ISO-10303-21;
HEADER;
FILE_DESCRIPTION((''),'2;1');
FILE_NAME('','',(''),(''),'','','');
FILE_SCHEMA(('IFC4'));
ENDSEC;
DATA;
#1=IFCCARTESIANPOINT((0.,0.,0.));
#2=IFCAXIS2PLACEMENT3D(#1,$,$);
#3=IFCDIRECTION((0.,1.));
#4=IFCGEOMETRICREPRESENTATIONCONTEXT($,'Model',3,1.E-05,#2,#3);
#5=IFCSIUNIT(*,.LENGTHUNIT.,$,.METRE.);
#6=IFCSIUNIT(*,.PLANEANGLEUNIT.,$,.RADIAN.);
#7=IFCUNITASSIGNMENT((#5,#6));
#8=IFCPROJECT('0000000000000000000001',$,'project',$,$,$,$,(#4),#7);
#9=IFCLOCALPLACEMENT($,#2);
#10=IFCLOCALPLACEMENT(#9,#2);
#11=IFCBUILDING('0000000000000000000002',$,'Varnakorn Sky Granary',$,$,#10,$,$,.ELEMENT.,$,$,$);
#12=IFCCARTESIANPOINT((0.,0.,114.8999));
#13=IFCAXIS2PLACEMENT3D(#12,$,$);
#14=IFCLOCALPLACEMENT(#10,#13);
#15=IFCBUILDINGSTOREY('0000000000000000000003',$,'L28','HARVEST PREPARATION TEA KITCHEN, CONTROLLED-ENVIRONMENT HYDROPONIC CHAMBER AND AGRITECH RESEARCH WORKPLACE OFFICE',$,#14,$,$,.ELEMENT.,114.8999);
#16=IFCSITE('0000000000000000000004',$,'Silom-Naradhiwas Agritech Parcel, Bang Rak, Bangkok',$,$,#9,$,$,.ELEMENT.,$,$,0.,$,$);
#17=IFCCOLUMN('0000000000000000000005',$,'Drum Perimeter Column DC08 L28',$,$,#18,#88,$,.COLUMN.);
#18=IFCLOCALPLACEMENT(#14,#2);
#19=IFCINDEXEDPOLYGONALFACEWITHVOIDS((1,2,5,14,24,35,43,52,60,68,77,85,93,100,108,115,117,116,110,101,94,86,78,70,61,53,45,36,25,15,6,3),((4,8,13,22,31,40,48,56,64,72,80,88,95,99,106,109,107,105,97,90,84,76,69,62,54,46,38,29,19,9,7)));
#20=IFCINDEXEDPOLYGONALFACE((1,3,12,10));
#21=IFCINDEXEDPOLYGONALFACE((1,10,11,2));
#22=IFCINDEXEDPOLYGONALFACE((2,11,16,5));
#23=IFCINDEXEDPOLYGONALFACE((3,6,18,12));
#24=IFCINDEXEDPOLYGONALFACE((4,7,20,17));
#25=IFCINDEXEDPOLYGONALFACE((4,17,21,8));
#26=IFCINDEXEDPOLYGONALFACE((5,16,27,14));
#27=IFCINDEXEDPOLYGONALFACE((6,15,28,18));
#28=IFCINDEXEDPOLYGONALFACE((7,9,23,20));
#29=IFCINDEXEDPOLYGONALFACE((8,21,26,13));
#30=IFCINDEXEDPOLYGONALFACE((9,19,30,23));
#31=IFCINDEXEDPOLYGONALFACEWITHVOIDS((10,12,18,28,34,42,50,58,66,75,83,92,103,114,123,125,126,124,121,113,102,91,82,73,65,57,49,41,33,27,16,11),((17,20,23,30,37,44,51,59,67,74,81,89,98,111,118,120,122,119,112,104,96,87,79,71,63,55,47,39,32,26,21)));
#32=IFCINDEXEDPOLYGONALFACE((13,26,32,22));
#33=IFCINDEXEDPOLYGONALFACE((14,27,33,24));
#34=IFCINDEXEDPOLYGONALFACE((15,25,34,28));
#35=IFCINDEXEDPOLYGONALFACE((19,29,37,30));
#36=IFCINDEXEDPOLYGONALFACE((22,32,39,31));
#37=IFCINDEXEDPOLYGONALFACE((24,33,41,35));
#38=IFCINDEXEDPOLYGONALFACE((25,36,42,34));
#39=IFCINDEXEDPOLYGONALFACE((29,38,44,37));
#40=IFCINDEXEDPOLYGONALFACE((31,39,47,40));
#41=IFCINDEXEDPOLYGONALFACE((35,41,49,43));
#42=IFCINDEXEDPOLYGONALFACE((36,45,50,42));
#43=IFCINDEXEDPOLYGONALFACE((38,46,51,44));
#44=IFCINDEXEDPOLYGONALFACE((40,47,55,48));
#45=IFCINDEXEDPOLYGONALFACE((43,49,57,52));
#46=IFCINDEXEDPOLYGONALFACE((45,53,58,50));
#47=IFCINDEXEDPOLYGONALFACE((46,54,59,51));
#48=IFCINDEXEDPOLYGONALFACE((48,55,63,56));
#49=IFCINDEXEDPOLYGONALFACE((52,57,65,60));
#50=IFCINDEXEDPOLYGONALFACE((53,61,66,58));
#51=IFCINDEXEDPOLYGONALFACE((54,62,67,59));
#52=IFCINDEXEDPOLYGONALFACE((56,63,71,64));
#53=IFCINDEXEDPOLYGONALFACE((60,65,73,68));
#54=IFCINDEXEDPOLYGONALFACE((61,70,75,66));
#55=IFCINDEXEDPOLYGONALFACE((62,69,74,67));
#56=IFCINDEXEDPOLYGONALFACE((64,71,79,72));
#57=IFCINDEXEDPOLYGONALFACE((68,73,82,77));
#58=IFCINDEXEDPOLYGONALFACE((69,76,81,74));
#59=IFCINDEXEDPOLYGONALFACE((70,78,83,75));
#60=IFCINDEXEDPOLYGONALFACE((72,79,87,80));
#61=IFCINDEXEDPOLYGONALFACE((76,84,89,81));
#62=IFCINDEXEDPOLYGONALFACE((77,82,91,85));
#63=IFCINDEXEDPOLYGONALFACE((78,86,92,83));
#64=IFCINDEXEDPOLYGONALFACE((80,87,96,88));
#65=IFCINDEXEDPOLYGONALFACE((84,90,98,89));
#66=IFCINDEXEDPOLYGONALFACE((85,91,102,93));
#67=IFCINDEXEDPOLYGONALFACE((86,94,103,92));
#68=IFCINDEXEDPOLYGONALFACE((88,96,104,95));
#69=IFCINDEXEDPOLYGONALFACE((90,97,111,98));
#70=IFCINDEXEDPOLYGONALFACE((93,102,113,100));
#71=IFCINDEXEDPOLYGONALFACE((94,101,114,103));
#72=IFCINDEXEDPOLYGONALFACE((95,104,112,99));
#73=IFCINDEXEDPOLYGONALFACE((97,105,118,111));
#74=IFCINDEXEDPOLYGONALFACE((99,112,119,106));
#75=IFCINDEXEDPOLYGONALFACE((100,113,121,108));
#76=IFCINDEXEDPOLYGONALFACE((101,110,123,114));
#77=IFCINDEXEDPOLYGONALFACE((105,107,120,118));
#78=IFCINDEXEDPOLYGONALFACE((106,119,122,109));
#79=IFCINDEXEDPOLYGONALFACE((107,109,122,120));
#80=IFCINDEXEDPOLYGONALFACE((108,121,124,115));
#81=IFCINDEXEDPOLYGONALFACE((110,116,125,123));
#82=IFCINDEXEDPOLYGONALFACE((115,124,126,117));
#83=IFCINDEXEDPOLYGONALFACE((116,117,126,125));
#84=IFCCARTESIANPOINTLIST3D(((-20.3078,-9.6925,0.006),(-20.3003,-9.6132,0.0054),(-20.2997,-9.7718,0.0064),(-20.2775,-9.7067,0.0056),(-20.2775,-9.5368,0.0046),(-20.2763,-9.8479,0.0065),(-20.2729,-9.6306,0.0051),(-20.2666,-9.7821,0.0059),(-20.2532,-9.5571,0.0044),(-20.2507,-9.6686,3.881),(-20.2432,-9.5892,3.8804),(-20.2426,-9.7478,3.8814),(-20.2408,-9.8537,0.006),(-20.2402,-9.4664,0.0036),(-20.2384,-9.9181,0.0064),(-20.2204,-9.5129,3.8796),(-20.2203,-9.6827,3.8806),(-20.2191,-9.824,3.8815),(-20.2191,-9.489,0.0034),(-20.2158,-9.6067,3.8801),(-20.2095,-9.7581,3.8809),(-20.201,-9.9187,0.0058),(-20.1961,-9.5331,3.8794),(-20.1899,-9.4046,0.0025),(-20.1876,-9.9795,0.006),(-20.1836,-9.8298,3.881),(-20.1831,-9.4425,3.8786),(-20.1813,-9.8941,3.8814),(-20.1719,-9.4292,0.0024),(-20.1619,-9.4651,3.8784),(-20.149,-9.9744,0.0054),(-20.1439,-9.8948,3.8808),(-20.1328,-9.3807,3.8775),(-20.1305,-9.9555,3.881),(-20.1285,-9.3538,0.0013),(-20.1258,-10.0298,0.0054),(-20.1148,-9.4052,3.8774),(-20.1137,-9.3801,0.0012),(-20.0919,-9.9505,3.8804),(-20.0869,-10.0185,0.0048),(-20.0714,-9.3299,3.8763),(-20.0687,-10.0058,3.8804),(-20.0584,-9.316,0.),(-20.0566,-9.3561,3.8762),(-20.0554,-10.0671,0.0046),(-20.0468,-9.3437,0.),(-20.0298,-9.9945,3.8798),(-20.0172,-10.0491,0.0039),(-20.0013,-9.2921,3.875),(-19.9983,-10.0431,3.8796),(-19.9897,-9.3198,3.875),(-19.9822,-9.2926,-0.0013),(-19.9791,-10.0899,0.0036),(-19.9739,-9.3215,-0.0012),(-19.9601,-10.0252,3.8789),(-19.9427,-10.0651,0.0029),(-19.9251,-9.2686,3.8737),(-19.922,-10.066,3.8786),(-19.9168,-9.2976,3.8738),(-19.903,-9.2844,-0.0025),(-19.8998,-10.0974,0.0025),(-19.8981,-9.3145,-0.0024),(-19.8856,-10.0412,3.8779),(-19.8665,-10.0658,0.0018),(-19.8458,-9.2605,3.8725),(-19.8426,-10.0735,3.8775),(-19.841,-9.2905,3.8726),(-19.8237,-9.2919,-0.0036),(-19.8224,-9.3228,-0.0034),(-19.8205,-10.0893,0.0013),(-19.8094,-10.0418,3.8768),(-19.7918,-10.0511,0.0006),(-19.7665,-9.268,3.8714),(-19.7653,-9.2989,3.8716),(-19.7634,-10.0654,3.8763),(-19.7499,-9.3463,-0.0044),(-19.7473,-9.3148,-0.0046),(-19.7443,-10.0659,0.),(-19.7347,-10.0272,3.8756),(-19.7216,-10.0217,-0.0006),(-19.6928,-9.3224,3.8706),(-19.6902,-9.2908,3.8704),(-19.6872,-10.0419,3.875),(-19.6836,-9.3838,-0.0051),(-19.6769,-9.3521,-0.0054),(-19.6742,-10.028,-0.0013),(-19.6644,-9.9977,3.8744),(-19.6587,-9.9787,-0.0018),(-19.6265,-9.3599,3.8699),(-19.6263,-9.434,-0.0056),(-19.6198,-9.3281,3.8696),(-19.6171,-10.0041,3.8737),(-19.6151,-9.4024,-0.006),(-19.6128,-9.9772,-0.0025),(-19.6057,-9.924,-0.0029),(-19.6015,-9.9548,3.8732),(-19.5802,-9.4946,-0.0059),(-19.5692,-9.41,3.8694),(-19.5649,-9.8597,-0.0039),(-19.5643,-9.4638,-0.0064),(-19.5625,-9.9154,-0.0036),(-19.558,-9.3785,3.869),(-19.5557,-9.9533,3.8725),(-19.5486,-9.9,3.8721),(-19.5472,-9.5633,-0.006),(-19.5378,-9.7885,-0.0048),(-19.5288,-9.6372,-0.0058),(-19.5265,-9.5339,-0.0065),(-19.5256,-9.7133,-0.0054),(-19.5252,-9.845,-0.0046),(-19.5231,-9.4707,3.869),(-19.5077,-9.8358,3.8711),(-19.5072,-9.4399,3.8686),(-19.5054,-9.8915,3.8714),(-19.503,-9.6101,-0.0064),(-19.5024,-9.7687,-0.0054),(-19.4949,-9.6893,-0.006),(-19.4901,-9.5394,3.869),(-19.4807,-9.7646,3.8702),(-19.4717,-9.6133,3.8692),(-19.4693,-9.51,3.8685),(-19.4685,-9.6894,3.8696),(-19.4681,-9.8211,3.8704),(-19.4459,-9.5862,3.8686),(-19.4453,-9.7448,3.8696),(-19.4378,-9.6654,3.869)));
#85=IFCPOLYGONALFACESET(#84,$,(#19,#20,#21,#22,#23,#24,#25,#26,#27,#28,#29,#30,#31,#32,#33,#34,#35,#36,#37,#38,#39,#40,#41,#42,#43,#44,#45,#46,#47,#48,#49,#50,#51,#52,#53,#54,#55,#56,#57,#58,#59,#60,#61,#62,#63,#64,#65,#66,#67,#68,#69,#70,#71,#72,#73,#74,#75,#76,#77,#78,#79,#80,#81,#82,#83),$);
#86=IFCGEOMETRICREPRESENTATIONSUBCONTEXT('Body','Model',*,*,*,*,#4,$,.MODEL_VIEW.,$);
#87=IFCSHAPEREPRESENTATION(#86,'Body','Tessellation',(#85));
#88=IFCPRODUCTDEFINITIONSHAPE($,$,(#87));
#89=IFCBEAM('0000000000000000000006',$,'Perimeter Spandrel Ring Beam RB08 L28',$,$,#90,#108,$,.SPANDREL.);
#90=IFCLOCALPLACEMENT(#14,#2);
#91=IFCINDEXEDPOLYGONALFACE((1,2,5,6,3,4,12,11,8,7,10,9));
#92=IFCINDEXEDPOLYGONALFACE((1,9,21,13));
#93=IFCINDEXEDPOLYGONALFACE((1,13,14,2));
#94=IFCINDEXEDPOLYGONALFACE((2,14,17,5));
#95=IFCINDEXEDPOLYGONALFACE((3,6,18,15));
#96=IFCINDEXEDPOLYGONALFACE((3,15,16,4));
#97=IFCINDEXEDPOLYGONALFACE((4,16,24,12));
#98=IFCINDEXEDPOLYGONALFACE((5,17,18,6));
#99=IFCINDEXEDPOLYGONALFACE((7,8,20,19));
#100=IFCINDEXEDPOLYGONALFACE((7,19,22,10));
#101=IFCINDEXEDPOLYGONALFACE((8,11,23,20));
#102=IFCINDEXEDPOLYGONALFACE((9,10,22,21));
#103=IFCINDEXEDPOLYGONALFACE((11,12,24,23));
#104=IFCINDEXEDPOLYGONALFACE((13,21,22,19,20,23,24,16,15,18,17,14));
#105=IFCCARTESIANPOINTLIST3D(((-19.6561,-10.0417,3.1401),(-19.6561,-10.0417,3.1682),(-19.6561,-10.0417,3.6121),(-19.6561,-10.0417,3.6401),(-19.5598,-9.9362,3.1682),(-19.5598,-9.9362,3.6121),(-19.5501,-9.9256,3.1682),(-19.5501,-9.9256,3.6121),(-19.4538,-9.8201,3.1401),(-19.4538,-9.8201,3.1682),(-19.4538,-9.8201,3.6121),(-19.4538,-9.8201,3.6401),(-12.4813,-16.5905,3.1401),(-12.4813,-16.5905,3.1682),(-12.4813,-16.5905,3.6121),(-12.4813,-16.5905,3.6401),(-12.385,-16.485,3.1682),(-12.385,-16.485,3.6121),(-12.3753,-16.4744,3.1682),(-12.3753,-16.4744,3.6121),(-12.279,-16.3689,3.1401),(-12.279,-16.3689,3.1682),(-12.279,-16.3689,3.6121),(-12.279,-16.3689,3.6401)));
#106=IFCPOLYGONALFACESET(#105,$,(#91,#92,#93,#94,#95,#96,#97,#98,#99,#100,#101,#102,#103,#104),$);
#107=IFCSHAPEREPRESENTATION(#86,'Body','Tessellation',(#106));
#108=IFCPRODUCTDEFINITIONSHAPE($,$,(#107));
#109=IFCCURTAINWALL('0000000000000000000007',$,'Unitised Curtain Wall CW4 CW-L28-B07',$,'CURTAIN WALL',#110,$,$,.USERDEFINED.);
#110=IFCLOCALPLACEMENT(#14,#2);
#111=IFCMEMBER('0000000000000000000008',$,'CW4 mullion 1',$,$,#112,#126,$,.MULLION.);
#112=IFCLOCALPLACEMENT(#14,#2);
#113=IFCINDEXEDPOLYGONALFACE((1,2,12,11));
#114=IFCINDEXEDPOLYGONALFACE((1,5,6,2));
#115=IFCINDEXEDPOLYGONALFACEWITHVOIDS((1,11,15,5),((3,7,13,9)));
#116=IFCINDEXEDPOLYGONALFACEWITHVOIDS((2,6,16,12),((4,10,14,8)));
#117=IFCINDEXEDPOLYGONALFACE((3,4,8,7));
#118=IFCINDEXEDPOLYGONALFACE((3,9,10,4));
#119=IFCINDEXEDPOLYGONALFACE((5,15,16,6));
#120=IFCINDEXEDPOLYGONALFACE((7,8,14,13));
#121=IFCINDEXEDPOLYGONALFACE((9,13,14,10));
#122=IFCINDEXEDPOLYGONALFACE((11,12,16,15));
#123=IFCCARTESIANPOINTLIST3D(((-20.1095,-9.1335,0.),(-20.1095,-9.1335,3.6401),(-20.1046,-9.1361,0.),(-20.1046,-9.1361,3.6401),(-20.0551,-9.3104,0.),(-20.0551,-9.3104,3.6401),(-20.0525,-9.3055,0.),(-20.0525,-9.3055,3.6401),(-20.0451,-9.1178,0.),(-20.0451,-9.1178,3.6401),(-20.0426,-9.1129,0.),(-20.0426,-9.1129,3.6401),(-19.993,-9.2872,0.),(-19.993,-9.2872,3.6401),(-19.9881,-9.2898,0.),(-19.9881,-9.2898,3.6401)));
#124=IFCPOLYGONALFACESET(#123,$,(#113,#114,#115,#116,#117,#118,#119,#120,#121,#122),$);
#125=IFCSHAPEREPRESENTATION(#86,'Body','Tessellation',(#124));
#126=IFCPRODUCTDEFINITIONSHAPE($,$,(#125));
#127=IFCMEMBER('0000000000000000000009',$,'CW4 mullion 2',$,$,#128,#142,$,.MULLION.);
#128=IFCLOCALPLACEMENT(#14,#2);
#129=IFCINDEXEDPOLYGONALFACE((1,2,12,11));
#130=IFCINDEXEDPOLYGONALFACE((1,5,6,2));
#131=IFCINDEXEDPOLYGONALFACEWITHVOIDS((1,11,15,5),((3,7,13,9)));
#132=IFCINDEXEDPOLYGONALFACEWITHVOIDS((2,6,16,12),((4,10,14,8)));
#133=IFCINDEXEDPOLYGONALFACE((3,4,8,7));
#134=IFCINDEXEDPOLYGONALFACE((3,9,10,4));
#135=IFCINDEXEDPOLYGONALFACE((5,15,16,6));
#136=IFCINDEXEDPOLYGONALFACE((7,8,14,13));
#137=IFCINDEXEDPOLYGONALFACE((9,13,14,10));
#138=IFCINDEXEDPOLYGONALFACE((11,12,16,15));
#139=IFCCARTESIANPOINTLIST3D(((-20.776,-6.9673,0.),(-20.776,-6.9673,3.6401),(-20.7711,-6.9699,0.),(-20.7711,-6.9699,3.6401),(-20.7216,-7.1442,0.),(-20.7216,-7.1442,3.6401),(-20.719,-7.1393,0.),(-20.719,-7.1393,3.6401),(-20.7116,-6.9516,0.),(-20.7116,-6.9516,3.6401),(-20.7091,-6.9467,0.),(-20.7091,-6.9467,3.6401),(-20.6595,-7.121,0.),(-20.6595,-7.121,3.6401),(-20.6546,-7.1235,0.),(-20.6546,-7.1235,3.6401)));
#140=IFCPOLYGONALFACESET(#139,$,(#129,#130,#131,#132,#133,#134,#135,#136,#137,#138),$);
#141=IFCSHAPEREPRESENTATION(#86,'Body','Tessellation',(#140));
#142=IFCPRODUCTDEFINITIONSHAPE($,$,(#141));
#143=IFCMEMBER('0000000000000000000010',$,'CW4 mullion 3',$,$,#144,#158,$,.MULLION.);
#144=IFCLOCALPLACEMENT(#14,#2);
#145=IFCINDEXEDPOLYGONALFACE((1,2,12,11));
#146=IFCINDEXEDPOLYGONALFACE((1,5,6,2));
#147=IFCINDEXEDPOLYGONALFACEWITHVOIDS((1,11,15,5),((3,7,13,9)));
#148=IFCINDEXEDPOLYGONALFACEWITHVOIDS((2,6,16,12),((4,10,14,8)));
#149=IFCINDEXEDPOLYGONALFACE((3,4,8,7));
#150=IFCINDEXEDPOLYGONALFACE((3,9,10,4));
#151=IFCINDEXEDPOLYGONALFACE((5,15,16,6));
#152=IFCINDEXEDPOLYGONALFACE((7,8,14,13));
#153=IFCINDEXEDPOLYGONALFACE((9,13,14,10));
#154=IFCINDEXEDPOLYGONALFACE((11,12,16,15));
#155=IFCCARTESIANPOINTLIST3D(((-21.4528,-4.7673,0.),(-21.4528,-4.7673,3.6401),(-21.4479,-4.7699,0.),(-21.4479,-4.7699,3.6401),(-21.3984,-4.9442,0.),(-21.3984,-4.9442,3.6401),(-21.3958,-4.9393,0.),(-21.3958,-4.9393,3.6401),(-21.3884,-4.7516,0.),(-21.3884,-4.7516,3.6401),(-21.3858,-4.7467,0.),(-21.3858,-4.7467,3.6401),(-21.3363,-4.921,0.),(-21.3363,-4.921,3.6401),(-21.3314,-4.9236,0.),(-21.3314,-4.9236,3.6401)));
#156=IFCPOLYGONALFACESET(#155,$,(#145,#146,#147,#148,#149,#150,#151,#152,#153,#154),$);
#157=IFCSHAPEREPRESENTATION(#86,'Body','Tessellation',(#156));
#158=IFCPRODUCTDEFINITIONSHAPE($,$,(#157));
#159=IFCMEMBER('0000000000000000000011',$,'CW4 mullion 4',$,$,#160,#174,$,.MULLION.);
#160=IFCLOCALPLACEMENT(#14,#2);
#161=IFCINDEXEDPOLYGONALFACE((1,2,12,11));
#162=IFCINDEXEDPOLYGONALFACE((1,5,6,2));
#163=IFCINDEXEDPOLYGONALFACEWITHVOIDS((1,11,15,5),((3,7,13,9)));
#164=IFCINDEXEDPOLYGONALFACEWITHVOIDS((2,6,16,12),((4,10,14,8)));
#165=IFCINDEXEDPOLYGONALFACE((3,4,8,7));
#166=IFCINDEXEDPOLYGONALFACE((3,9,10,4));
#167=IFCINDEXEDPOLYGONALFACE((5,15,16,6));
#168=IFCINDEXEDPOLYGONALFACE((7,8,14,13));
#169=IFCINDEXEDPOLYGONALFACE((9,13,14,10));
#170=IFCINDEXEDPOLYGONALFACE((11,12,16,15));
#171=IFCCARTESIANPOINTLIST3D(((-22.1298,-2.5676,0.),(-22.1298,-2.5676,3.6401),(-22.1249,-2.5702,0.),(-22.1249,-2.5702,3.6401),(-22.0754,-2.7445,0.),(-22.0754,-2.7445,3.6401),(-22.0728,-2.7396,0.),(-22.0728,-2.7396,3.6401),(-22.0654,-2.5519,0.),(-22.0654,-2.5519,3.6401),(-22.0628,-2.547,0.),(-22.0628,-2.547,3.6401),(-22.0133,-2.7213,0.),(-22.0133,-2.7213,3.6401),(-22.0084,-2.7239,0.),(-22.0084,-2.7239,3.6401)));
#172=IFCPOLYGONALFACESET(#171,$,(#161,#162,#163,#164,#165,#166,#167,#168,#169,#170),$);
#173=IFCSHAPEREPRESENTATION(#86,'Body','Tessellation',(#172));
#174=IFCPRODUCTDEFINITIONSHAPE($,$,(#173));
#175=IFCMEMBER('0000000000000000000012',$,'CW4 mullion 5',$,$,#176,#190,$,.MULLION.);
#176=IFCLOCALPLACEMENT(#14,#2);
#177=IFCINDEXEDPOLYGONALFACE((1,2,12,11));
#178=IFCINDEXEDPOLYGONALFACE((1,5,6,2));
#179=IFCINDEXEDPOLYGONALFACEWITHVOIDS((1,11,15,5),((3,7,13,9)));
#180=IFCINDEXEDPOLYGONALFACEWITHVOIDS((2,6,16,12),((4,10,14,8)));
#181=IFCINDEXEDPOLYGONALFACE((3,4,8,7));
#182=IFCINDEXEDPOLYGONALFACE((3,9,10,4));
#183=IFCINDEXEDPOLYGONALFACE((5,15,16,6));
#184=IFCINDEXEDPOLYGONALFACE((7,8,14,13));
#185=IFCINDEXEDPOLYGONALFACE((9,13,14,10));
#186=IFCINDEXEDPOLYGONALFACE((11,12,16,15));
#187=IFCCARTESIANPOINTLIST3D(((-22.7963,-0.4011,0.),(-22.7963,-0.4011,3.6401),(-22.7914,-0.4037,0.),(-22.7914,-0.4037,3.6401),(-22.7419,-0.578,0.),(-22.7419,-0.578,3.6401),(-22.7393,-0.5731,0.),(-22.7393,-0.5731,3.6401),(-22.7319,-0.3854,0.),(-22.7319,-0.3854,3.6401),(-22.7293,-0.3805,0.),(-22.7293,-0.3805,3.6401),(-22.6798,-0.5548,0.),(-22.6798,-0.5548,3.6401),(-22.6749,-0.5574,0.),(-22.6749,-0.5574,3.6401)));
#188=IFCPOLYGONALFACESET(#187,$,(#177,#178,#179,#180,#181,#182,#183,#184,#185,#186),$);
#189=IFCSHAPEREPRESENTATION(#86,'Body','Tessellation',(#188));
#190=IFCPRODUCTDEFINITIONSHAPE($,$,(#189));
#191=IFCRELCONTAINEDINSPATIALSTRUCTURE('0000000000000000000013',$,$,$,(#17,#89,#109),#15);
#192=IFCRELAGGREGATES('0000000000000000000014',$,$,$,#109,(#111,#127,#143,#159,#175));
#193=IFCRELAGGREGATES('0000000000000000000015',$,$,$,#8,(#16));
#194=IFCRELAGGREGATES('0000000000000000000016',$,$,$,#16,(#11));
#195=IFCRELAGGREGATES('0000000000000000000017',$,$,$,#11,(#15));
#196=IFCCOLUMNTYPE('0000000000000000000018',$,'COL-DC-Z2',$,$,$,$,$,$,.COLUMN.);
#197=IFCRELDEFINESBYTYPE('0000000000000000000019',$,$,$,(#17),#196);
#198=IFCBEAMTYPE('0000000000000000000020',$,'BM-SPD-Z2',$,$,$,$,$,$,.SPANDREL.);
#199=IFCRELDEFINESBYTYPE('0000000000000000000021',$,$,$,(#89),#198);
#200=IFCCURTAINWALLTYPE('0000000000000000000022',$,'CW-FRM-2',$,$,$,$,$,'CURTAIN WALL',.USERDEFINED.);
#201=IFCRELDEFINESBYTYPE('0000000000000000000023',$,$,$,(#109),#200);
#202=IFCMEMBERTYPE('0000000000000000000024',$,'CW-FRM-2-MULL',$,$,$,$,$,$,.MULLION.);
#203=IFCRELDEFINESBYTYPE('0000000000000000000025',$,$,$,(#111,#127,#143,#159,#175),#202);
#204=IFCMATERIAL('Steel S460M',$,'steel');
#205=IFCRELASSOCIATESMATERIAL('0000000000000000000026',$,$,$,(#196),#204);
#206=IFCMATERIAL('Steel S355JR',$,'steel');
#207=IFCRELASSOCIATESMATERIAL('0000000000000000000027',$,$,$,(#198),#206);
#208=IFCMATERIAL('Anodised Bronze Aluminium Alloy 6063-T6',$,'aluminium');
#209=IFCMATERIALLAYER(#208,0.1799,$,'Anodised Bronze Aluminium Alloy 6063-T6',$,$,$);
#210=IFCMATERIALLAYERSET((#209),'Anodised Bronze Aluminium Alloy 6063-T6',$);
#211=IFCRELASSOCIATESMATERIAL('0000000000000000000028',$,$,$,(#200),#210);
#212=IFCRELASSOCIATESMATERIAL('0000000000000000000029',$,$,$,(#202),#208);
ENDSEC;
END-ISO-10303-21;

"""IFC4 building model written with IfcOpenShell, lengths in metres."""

from ifc_helpers import new_model, si_unit, direction, frame, origin, origin_2d, place, context, subcontext, project, spatial, hollow_rectangle, hollow_circle, i_section, extrude, material, layer, layer_set, material_profile, profile_set, type_object, element, aggregate, save


model = new_model("IFC4")

# Units and contexts
model_context = context("Model", 3, precision=1e-05, world=origin(), true_north=direction((0.0, 1.0)))
body_context = subcontext(model_context, "Body", "Model", "MODEL_VIEW")
ifc_project = project(units=[si_unit("LENGTHUNIT", "METRE"), si_unit("PLANEANGLEUNIT", "RADIAN")], contexts=[model_context])

# Site, building, storey
site_placement = place(None, origin())
site = spatial("IfcSite", under=ifc_project, at=site_placement, Name="Silom-Naradhiwas Agritech Parcel, Bang Rak, Bangkok", CompositionType="ELEMENT", RefElevation=0.0)
building_placement = place(site_placement, origin())
building = spatial("IfcBuilding", under=site, at=building_placement, Name="Varnakorn Sky Granary", CompositionType="ELEMENT")
storey_placement = place(building_placement, frame((0.0, 0.0, 114.8999)))
storey = spatial("IfcBuildingStorey", under=building, at=storey_placement, Name="L28", Description="HARVEST PREPARATION TEA KITCHEN, CONTROLLED-ENVIRONMENT HYDROPONIC CHAMBER AND AGRITECH RESEARCH WORKPLACE OFFICE", CompositionType="ELEMENT", Elevation=114.8999)

# Column
ifc_material_1 = material(Name="Steel S460M", Category="steel")
ifc_material_profile_1 = material_profile(ifc_material_1, hollow_circle(Radius=0.4065, WallThickness=0.03, at=origin_2d()), Name="CHS 813x30")
ifc_profile_set_1 = profile_set([ifc_material_profile_1], Name="Steel S460M")
column_type = type_object("IfcColumnType", Name="COL-DC-Z2", PredefinedType="COLUMN", material=ifc_profile_set_1)
column_placement = place(storey_placement, frame((-19.9014, -9.6909, 0.0), z_axis=(0.014741, 0.006174, 0.999872), x_axis=(-0.386294, 0.922376, 0.0)))
element("IfcColumn", 1, at=column_placement, inside=storey, type_object=column_type, Name="Drum Perimeter Column DC08 L28", PredefinedType="COLUMN", context=body_context, shape_type="SweptSolid", body=[
    extrude(hollow_circle(Radius=0.4065, WallThickness=0.03, at=origin_2d()), origin(), (0.0, 0.0, 1.0), 3.8755),
])

# Beam
ifc_material_2 = material(Name="Steel S355JR", Category="steel")
ifc_material_profile_2 = material_profile(ifc_material_2, i_section(OverallWidth=0.3, OverallDepth=0.5, WebThickness=0.0144, FlangeThickness=0.0281, at=origin_2d()), Name="HE 500 B")
ifc_profile_set_2 = profile_set([ifc_material_profile_2], Name="Steel S355JR")
beam_type = type_object("IfcBeamType", Name="BM-SPD-Z2", PredefinedType="SPANDREL", material=ifc_profile_set_2)
beam_placement = place(storey_placement, frame((-19.5549, -9.9309, 3.3901), z_axis=(0.738592, -0.674153, 0.0), x_axis=(0.674153, 0.738592, 0.0)))
element("IfcBeam", 2, at=beam_placement, inside=storey, type_object=beam_type, Name="Perimeter Spandrel Ring Beam RB08 L28", PredefinedType="SPANDREL", context=body_context, shape_type="SweptSolid", body=[
    extrude(i_section(OverallWidth=0.3, OverallDepth=0.5, WebThickness=0.0144, FlangeThickness=0.0281, at=origin_2d()), origin(), (0.0, 0.0, 1.0), 9.7141),
])

# Curtain wall, members
ifc_material_3 = material(Name="Anodised Bronze Aluminium Alloy 6063-T6", Category="aluminium")
ifc_layer_1 = layer(ifc_material_3, 0.1799, Name="Anodised Bronze Aluminium Alloy 6063-T6")
ifc_layer_set_1 = layer_set([ifc_layer_1], Name="Anodised Bronze Aluminium Alloy 6063-T6")
curtain_wall_type = type_object("IfcCurtainWallType", Name="CW-FRM-2", ElementType="CURTAIN WALL", PredefinedType="USERDEFINED", material=ifc_layer_set_1)
curtain_wall_1_placement = place(storey_placement, origin())
curtain_wall_1 = element("IfcCurtainWall", 3, at=curtain_wall_1_placement, inside=storey, type_object=curtain_wall_type, Name="Unitised Curtain Wall CW4 CW-L28-B07", ObjectType="CURTAIN WALL", PredefinedType="USERDEFINED")
ifc_material_profile_3 = material_profile(ifc_material_3, hollow_rectangle(XDim=0.0701, YDim=0.1851, WallThickness=0.0039, at=origin_2d()), Name="ALU MULL 70x185")
ifc_profile_set_3 = profile_set([ifc_material_profile_3], Name="Anodised Bronze Aluminium Alloy 6063-T6")
member_type_1 = type_object("IfcMemberType", Name="CW-FRM-2-MULL", PredefinedType="MULLION", material=ifc_profile_set_3)
member_1_placement = place(storey_placement, frame((-20.0488, -9.2117, 0.0), z_axis=(0.0, 0.0, 1.0), x_axis=(-0.955783, -0.294071, 0.0)))
member_1 = element("IfcMember", 4, at=member_1_placement, type_object=member_type_1, Name="CW4 mullion 1", PredefinedType="MULLION", context=body_context, shape_type="SweptSolid", body=[
    extrude(hollow_rectangle(XDim=0.0701, YDim=0.1851, WallThickness=0.0039, at=origin_2d()), origin(), (0.0, 0.0, 1.0), 3.6401),
])
member_2_placement = place(storey_placement, frame((-20.7153, -7.0454, 0.0), z_axis=(0.0, 0.0, 1.0), x_axis=(-0.955783, -0.294071, 0.0)))
member_2 = element("IfcMember", 5, at=member_2_placement, type_object=member_type_1, Name="CW4 mullion 2", PredefinedType="MULLION", context=body_context, shape_type="SweptSolid", body=[
    extrude(hollow_rectangle(XDim=0.0701, YDim=0.1851, WallThickness=0.0039, at=origin_2d()), origin(), (0.0, 0.0, 1.0), 3.6401),
])
member_3_placement = place(storey_placement, frame((-21.3921, -4.8455, 0.0), z_axis=(0.0, 0.0, 1.0), x_axis=(-0.955783, -0.294071, 0.0)))
member_3 = element("IfcMember", 6, at=member_3_placement, type_object=member_type_1, Name="CW4 mullion 3", PredefinedType="MULLION", context=body_context, shape_type="SweptSolid", body=[
    extrude(hollow_rectangle(XDim=0.0701, YDim=0.1851, WallThickness=0.0039, at=origin_2d()), origin(), (0.0, 0.0, 1.0), 3.6401),
])
member_4_placement = place(storey_placement, frame((-22.0691, -2.6458, 0.0), z_axis=(0.0, 0.0, 1.0), x_axis=(-0.955783, -0.294071, 0.0)))
member_4 = element("IfcMember", 7, at=member_4_placement, type_object=member_type_1, Name="CW4 mullion 4", PredefinedType="MULLION", context=body_context, shape_type="SweptSolid", body=[
    extrude(hollow_rectangle(XDim=0.0701, YDim=0.1851, WallThickness=0.0039, at=origin_2d()), origin(), (0.0, 0.0, 1.0), 3.6401),
])
member_5_placement = place(storey_placement, frame((-22.7356, -0.4792, 0.0), z_axis=(0.0, 0.0, 1.0), x_axis=(-0.955783, -0.294071, 0.0)))
member_5 = element("IfcMember", 8, at=member_5_placement, type_object=member_type_1, Name="CW4 mullion 5", PredefinedType="MULLION", context=body_context, shape_type="SweptSolid", body=[
    extrude(hollow_rectangle(XDim=0.0701, YDim=0.1851, WallThickness=0.0039, at=origin_2d()), origin(), (0.0, 0.0, 1.0), 3.6401),
])

aggregate(curtain_wall_1, [member_1, member_2, member_3, member_4, member_5])

save(model, "model.ifc")
